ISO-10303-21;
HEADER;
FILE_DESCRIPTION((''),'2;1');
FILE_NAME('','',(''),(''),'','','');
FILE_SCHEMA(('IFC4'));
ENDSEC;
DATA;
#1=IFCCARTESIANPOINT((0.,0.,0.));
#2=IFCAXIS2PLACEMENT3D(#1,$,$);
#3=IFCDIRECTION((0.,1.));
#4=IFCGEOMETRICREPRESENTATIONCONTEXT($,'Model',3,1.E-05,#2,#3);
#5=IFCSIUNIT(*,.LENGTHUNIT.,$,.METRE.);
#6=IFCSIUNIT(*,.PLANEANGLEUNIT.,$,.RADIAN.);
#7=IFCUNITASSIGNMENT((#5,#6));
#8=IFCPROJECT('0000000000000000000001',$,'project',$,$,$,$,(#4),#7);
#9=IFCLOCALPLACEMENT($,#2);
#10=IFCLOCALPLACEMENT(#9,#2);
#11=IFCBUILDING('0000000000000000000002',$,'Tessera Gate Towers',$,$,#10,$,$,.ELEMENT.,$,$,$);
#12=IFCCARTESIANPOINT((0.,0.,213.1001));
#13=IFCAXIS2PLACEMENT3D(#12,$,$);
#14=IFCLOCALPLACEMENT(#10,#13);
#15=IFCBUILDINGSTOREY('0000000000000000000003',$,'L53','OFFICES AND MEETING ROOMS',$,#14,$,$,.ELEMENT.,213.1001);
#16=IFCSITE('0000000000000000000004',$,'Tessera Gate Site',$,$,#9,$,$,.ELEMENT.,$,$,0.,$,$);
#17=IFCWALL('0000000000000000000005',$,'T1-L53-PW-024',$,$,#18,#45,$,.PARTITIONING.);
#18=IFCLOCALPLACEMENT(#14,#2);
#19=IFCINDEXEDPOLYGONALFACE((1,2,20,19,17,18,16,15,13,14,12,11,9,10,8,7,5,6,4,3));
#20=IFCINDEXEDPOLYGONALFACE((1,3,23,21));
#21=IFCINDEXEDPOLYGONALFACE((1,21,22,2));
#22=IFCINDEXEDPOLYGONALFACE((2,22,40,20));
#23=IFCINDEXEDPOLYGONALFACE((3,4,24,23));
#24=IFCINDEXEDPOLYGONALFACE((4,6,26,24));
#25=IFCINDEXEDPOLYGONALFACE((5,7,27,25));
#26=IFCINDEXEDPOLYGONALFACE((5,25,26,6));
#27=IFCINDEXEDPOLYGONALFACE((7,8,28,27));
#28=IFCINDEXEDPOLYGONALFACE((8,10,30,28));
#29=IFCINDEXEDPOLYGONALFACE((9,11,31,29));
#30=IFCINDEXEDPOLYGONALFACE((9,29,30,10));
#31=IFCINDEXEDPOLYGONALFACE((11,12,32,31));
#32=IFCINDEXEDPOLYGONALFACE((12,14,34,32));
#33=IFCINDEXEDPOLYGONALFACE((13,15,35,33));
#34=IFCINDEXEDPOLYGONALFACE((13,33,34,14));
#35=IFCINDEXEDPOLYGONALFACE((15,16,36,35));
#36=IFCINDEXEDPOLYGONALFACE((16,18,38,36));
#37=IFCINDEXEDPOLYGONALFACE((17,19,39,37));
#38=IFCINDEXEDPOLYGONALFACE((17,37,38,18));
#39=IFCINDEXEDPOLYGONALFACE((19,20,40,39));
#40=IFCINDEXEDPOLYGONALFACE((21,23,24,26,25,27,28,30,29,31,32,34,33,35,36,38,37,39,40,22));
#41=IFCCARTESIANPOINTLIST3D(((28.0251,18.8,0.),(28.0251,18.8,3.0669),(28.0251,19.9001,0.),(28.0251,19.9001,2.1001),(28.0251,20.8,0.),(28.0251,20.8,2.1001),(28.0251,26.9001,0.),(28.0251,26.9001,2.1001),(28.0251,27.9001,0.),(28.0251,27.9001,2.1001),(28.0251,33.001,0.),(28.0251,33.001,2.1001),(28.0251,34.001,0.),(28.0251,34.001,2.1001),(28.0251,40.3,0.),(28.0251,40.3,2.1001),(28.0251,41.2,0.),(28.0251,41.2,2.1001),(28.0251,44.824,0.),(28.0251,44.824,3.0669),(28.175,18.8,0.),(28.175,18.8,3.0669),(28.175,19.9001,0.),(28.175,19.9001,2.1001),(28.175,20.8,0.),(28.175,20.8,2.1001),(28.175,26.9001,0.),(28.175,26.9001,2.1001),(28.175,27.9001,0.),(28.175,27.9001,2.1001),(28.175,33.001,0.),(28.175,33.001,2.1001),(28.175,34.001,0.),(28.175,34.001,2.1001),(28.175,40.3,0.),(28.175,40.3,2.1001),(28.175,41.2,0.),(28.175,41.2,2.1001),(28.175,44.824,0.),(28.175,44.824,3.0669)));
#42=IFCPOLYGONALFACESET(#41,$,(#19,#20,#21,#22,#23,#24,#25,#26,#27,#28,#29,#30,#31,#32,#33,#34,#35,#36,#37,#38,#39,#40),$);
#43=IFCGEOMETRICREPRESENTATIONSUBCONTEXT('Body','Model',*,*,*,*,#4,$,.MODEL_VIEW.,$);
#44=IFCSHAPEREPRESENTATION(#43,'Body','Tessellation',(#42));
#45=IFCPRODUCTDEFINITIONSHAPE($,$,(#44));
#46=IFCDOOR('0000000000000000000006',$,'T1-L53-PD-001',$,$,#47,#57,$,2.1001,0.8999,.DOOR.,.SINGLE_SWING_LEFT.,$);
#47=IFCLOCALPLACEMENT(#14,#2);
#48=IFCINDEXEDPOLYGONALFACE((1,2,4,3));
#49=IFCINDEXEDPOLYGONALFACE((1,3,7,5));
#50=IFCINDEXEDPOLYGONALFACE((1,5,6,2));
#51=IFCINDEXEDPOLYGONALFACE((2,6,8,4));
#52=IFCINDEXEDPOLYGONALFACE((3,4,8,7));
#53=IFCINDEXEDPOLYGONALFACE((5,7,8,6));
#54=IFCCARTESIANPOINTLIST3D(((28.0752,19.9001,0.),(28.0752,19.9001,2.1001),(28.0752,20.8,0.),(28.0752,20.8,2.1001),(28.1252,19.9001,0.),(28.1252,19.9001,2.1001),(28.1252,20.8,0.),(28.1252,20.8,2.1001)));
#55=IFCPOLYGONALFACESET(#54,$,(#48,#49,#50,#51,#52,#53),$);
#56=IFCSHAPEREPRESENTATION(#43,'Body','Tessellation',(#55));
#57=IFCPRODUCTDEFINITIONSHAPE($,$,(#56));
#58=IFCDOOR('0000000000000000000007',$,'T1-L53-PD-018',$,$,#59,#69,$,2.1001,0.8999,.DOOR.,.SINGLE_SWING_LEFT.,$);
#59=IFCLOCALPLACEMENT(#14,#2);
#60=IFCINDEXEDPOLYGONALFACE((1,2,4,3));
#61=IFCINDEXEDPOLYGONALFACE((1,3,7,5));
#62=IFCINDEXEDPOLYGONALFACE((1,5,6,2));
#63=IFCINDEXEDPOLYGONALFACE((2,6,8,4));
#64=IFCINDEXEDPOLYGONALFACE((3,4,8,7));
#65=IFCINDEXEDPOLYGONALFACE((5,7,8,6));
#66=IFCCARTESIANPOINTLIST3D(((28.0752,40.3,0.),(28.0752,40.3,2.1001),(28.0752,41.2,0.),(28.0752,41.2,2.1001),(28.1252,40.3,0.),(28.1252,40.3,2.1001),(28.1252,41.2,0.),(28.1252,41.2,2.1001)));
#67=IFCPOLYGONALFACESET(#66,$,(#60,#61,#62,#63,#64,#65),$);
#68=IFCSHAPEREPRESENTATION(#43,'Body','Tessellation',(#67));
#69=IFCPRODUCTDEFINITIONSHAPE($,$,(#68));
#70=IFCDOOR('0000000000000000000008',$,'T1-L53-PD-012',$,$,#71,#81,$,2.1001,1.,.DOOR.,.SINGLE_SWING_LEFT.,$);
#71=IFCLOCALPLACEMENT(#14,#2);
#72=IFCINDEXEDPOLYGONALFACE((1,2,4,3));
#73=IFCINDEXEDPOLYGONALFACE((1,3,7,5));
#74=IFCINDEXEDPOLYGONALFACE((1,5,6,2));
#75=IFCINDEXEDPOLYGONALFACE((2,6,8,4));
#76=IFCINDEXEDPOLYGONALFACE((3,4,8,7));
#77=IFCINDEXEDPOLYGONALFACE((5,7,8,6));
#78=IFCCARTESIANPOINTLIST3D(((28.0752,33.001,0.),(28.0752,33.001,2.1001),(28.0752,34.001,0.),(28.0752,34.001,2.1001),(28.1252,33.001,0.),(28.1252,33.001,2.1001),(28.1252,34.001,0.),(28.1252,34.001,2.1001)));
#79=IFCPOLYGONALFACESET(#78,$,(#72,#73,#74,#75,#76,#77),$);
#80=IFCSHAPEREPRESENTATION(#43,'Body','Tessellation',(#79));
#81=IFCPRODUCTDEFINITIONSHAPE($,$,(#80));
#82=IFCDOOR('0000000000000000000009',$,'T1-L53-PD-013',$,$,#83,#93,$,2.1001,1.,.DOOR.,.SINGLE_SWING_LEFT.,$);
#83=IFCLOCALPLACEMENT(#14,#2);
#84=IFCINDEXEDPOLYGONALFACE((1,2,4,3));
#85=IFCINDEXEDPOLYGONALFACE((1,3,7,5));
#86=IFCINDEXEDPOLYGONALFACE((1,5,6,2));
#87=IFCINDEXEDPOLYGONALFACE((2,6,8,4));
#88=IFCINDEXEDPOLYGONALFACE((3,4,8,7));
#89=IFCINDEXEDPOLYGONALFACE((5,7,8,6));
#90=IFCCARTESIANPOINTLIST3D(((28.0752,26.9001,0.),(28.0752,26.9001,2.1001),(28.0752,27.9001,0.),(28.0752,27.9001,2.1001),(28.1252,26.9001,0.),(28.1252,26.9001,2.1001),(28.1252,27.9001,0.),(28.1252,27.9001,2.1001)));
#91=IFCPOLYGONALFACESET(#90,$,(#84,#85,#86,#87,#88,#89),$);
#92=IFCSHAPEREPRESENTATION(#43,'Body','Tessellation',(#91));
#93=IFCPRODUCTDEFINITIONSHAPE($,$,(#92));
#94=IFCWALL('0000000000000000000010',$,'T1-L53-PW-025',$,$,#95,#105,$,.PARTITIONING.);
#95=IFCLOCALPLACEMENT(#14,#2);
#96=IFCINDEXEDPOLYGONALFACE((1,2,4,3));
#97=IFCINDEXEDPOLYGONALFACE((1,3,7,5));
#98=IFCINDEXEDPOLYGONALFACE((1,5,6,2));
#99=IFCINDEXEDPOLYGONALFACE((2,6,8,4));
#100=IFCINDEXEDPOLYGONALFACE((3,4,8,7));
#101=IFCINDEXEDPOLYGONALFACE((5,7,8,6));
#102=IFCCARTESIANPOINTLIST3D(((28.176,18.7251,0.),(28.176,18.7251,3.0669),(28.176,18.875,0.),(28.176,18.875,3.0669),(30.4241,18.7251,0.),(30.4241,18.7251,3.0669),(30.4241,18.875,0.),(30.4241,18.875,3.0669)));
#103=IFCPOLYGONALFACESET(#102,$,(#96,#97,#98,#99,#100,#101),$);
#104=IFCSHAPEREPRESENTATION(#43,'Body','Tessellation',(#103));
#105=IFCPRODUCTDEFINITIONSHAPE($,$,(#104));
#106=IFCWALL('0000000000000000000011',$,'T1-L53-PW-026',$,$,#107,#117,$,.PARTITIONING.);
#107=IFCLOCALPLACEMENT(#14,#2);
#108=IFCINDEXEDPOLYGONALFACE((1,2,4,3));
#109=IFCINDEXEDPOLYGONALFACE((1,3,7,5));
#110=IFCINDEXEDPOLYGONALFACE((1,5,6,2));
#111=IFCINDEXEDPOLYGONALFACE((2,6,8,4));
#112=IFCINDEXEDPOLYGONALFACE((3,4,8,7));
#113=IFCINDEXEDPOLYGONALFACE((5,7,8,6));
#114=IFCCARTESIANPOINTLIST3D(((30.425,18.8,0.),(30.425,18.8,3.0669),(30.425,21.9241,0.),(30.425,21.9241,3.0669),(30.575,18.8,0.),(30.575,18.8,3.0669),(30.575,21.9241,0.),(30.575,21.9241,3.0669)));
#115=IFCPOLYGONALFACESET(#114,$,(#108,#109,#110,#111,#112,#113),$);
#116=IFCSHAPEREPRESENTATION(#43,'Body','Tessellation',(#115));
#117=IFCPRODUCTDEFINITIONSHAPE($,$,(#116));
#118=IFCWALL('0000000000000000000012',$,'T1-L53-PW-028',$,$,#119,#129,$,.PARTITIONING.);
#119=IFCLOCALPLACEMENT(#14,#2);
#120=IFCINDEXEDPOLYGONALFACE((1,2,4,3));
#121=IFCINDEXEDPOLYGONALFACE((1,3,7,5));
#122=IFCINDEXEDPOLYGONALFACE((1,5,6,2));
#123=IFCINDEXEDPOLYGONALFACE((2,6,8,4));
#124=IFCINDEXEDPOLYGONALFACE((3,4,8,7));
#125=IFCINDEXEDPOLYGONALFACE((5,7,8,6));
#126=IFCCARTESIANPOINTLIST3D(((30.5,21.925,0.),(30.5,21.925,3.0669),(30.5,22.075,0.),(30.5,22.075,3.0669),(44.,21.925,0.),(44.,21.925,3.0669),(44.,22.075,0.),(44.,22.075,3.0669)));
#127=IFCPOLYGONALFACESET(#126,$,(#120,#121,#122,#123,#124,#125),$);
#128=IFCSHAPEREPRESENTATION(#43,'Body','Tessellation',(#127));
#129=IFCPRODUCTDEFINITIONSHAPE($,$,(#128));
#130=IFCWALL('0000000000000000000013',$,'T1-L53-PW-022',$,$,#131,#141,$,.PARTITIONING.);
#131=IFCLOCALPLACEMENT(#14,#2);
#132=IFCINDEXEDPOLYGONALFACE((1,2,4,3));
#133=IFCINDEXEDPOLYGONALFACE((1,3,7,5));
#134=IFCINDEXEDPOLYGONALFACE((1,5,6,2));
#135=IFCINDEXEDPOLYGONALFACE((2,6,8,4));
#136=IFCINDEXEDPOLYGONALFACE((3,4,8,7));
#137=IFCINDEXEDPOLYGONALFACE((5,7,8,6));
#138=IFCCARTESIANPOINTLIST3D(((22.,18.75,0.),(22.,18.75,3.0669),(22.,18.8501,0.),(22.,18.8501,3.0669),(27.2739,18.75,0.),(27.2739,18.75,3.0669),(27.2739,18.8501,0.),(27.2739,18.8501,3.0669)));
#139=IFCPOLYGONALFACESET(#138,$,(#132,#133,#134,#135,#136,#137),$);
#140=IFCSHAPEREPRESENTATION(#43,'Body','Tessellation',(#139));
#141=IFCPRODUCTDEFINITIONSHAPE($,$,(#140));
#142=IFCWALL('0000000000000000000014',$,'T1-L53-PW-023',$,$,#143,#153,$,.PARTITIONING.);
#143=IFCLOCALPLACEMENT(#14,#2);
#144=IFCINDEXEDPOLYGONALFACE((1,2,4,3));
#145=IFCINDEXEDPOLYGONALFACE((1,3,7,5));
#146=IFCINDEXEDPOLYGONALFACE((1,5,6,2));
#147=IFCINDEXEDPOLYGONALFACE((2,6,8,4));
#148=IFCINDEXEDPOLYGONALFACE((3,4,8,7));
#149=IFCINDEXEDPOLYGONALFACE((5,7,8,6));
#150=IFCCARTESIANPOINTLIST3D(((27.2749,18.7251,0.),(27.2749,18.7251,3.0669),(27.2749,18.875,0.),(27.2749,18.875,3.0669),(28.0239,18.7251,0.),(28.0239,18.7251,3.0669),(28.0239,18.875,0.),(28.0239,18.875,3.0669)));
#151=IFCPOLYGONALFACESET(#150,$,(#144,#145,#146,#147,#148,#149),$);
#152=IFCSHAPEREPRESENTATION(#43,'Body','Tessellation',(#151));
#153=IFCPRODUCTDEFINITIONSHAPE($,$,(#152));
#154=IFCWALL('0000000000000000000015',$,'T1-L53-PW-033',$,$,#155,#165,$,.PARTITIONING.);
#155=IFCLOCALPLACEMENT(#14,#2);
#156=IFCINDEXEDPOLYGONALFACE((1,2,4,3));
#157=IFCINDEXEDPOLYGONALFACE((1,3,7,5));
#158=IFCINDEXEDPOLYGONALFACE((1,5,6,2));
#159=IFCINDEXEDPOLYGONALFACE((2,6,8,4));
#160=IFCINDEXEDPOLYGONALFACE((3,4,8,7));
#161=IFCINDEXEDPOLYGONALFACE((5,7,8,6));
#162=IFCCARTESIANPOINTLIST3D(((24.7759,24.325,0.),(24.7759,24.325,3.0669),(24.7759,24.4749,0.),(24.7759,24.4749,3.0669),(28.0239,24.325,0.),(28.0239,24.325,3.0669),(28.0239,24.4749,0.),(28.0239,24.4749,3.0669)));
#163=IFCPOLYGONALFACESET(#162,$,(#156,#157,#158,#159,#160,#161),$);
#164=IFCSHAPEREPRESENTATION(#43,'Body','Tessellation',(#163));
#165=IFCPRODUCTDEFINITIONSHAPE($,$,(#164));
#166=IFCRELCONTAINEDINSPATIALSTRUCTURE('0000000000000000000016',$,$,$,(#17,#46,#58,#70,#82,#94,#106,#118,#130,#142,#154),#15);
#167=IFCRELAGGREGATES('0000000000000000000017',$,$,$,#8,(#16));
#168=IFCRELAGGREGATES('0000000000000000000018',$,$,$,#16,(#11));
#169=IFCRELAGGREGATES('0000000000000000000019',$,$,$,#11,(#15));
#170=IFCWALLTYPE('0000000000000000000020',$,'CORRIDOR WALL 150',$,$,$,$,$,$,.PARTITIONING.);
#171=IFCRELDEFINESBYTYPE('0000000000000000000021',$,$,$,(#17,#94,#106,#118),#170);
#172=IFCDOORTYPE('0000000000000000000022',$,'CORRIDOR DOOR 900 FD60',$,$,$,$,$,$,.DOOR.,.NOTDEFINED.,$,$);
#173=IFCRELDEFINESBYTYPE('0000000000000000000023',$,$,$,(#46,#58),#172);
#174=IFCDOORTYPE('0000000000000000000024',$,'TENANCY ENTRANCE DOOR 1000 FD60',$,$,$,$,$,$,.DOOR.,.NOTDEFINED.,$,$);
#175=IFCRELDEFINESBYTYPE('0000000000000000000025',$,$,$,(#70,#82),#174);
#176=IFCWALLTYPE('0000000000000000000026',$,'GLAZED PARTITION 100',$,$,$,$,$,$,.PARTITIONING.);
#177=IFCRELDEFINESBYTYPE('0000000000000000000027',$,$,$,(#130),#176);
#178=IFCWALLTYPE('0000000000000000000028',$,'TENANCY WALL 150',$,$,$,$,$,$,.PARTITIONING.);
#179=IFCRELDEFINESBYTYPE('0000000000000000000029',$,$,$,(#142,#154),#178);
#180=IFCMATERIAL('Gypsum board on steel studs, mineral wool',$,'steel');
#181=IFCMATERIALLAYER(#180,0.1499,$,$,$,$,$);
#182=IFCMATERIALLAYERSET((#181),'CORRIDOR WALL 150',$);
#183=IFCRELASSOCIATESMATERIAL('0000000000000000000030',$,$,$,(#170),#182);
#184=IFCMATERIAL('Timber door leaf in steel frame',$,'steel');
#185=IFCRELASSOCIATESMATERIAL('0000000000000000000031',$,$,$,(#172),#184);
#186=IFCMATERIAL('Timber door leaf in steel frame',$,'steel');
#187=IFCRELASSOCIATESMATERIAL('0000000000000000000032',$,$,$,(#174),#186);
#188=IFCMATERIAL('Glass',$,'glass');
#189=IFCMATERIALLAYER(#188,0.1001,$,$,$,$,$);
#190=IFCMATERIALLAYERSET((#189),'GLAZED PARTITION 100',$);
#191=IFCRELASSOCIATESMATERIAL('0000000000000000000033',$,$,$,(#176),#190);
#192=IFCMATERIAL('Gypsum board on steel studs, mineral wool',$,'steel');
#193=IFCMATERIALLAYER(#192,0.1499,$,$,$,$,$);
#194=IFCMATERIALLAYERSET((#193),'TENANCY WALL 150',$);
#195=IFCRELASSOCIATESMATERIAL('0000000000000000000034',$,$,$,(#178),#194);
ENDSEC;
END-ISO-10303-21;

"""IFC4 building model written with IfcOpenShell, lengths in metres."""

from ifc_helpers import new_model, si_unit, direction, frame, frame_2d, origin, place, context, subcontext, project, spatial, rectangle, extrude, source, transform, mapped, material, layer, layer_set, type_object, element, fill, save


model = new_model("IFC4")

# Units and contexts
model_context = context("Model", 3, precision=1e-05, world=origin(), true_north=direction((0.0, 1.0)))
body_context = subcontext(model_context, "Body", "Model", "MODEL_VIEW")
ifc_project = project(units=[si_unit("LENGTHUNIT", "METRE"), si_unit("PLANEANGLEUNIT", "RADIAN")], contexts=[model_context])

# Site, building, storey
site_placement = place(None, origin())
site = spatial("IfcSite", under=ifc_project, at=site_placement, Name="Tessera Gate Site", CompositionType="ELEMENT", RefElevation=0.0)
building_placement = place(site_placement, origin())
building = spatial("IfcBuilding", under=site, at=building_placement, Name="Tessera Gate Towers", CompositionType="ELEMENT")
storey_placement = place(building_placement, frame((0.0, 0.0, 213.1001)))
storey = spatial("IfcBuildingStorey", under=building, at=storey_placement, Name="L53", Description="OFFICES AND MEETING ROOMS", CompositionType="ELEMENT", Elevation=213.1001)

# Wall, openings, doors
ifc_material_1 = material(Name="Gypsum board on steel studs, mineral wool", Category="steel")
ifc_layer_1 = layer(ifc_material_1, 0.1499)
ifc_layer_set_1 = layer_set([ifc_layer_1], Name="CORRIDOR WALL 150")
wall_type_1 = type_object("IfcWallType", Name="CORRIDOR WALL 150", PredefinedType="PARTITIONING", material=ifc_layer_set_1)
wall_1_placement = place(storey_placement, frame((28.1001, 18.8, 0.0), z_axis=(0.0, 0.0, 1.0), x_axis=(0.0, 1.0, 0.0)))
wall_1 = element("IfcWall", 1, at=wall_1_placement, inside=storey, type_object=wall_type_1, Name="T1-L53-PW-024", PredefinedType="PARTITIONING", context=body_context, shape_type="SweptSolid", body=[
    extrude(rectangle(XDim=26.0239, YDim=0.1499, at=frame_2d((13.012, 0.0))), origin(), (0.0, 0.0, 1.0), 3.0669),
])
shared_shape_1 = source(origin(), body_context, "Body", "SweptSolid", [
    extrude(rectangle(XDim=0.8999, YDim=2.1001, at=frame_2d((0.45, 1.05))), frame((0.0, 0.085, 0.0), z_axis=(0.0, -1.0, 0.0), x_axis=(1.0, 0.0, 0.0)), (0.0, 0.0, 1.0), 0.1699),
])
opening_1_placement = place(wall_1_placement, frame((1.1001, 0.0, 0.0)))
opening_1 = element("IfcOpeningElement", 2, at=opening_1_placement, cuts=wall_1, PredefinedType="OPENING", context=body_context, shape_type="MappedRepresentation", body=[
    mapped(shared_shape_1, transform((0.0, 0.0, 0.0), scale=1.0)),
])
shared_shape_2 = source(origin(), body_context, "Body", "SweptSolid", [
    extrude(rectangle(XDim=1.0, YDim=2.1001, at=frame_2d((0.5, 1.05))), frame((0.0, 0.085, 0.0), z_axis=(0.0, -1.0, 0.0), x_axis=(1.0, 0.0, 0.0)), (0.0, 0.0, 1.0), 0.1699),
])
opening_2_placement = place(wall_1_placement, frame((14.2009, 0.0, 0.0)))
opening_2 = element("IfcOpeningElement", 3, at=opening_2_placement, cuts=wall_1, PredefinedType="OPENING", context=body_context, shape_type="MappedRepresentation", body=[
    mapped(shared_shape_2, transform((0.0, 0.0, 0.0), scale=1.0)),
])
opening_3_placement = place(wall_1_placement, frame((8.1001, 0.0, 0.0)))
opening_3 = element("IfcOpeningElement", 4, at=opening_3_placement, cuts=wall_1, PredefinedType="OPENING", context=body_context, shape_type="MappedRepresentation", body=[
    mapped(shared_shape_2, transform((0.0, 0.0, 0.0), scale=1.0)),
])
opening_4_placement = place(wall_1_placement, frame((21.5, 0.0, 0.0)))
opening_4 = element("IfcOpeningElement", 5, at=opening_4_placement, cuts=wall_1, PredefinedType="OPENING", context=body_context, shape_type="MappedRepresentation", body=[
    mapped(shared_shape_1, transform((0.0, 0.0, 0.0), scale=1.0)),
])
ifc_material_2 = material(Name="Timber door leaf in steel frame", Category="steel")
door_type_1 = type_object("IfcDoorType", Name="CORRIDOR DOOR 900 FD60", OperationType="NOTDEFINED", PredefinedType="DOOR", material=ifc_material_2)
shared_shape_3 = source(origin(), body_context, "Body", "SweptSolid", [
    extrude(rectangle(XDim=0.8999, YDim=2.1001, at=frame_2d((0.45, 1.05))), frame((0.0, 0.0249, 0.0), z_axis=(0.0, -1.0, 0.0), x_axis=(1.0, 0.0, 0.0)), (0.0, 0.0, 1.0), 0.05),
])
door_1_placement = place(opening_1_placement, origin())
door_1 = element("IfcDoor", 6, at=door_1_placement, inside=storey, type_object=door_type_1, Name="T1-L53-PD-001", OperationType="SINGLE_SWING_LEFT", OverallHeight=2.1001, OverallWidth=0.8999, PredefinedType="DOOR", context=body_context, shape_type="MappedRepresentation", body=[
    mapped(shared_shape_3, transform((0.0, 0.0, 0.0), scale=1.0)),
])
fill(opening_1, door_1)
door_2_placement = place(opening_4_placement, origin())
door_2 = element("IfcDoor", 7, at=door_2_placement, inside=storey, type_object=door_type_1, Name="T1-L53-PD-018", OperationType="SINGLE_SWING_LEFT", OverallHeight=2.1001, OverallWidth=0.8999, PredefinedType="DOOR", context=body_context, shape_type="MappedRepresentation", body=[
    mapped(shared_shape_3, transform((0.0, 0.0, 0.0), scale=1.0)),
])
fill(opening_4, door_2)
ifc_material_3 = material(Name="Timber door leaf in steel frame", Category="steel")
door_type_2 = type_object("IfcDoorType", Name="TENANCY ENTRANCE DOOR 1000 FD60", OperationType="NOTDEFINED", PredefinedType="DOOR", material=ifc_material_3)
shared_shape_4 = source(origin(), body_context, "Body", "SweptSolid", [
    extrude(rectangle(XDim=1.0, YDim=2.1001, at=frame_2d((0.5, 1.05))), frame((0.0, 0.0249, 0.0), z_axis=(0.0, -1.0, 0.0), x_axis=(1.0, 0.0, 0.0)), (0.0, 0.0, 1.0), 0.05),
])
door_3_placement = place(opening_2_placement, origin())
door_3 = element("IfcDoor", 8, at=door_3_placement, inside=storey, type_object=door_type_2, Name="T1-L53-PD-012", OperationType="SINGLE_SWING_LEFT", OverallHeight=2.1001, OverallWidth=1.0, PredefinedType="DOOR", context=body_context, shape_type="MappedRepresentation", body=[
    mapped(shared_shape_4, transform((0.0, 0.0, 0.0), scale=1.0)),
])
fill(opening_2, door_3)
door_4_placement = place(opening_3_placement, origin())
door_4 = element("IfcDoor", 9, at=door_4_placement, inside=storey, type_object=door_type_2, Name="T1-L53-PD-013", OperationType="SINGLE_SWING_LEFT", OverallHeight=2.1001, OverallWidth=1.0, PredefinedType="DOOR", context=body_context, shape_type="MappedRepresentation", body=[
    mapped(shared_shape_4, transform((0.0, 0.0, 0.0), scale=1.0)),
])
fill(opening_3, door_4)

# Walls
wall_2_placement = place(storey_placement, frame((28.176, 18.8, 0.0), z_axis=(0.0, 0.0, 1.0), x_axis=(1.0, 0.0, 0.0)))
element("IfcWall", 10, at=wall_2_placement, inside=storey, type_object=wall_type_1, Name="T1-L53-PW-025", PredefinedType="PARTITIONING", context=body_context, shape_type="SweptSolid", body=[
    extrude(rectangle(XDim=2.248, YDim=0.1499, at=frame_2d((1.124, 0.0))), origin(), (0.0, 0.0, 1.0), 3.0669),
])
wall_3_placement = place(storey_placement, frame((30.5, 18.8, 0.0), z_axis=(0.0, 0.0, 1.0), x_axis=(0.0, 1.0, 0.0)))
element("IfcWall", 11, at=wall_3_placement, inside=storey, type_object=wall_type_1, Name="T1-L53-PW-026", PredefinedType="PARTITIONING", context=body_context, shape_type="SweptSolid", body=[
    extrude(rectangle(XDim=3.124, YDim=0.1499, at=frame_2d((1.562, 0.0))), origin(), (0.0, 0.0, 1.0), 3.0669),
])
wall_4_placement = place(storey_placement, frame((30.5, 22.0, 0.0), z_axis=(0.0, 0.0, 1.0), x_axis=(1.0, 0.0, 0.0)))
element("IfcWall", 12, at=wall_4_placement, inside=storey, type_object=wall_type_1, Name="T1-L53-PW-028", PredefinedType="PARTITIONING", context=body_context, shape_type="SweptSolid", body=[
    extrude(rectangle(XDim=13.5, YDim=0.1499, at=frame_2d((6.75, 0.0))), origin(), (0.0, 0.0, 1.0), 3.0669),
])
ifc_material_4 = material(Name="Glass", Category="glass")
ifc_layer_2 = layer(ifc_material_4, 0.1001)
ifc_layer_set_2 = layer_set([ifc_layer_2], Name="GLAZED PARTITION 100")
wall_type_2 = type_object("IfcWallType", Name="GLAZED PARTITION 100", PredefinedType="PARTITIONING", material=ifc_layer_set_2)
wall_5_placement = place(storey_placement, frame((22.0, 18.8, 0.0), z_axis=(0.0, 0.0, 1.0), x_axis=(1.0, 0.0, 0.0)))
element("IfcWall", 13, at=wall_5_placement, inside=storey, type_object=wall_type_2, Name="T1-L53-PW-022", PredefinedType="PARTITIONING", context=body_context, shape_type="SweptSolid", body=[
    extrude(rectangle(XDim=5.2739, YDim=0.1001, at=frame_2d((2.637, 0.0))), origin(), (0.0, 0.0, 1.0), 3.0669),
])
ifc_material_5 = material(Name="Gypsum board on steel studs, mineral wool", Category="steel")
ifc_layer_3 = layer(ifc_material_5, 0.1499)
ifc_layer_set_3 = layer_set([ifc_layer_3], Name="TENANCY WALL 150")
wall_type_3 = type_object("IfcWallType", Name="TENANCY WALL 150", PredefinedType="PARTITIONING", material=ifc_layer_set_3)
wall_6_placement = place(storey_placement, frame((27.2749, 18.8, 0.0), z_axis=(0.0, 0.0, 1.0), x_axis=(1.0, 0.0, 0.0)))
element("IfcWall", 14, at=wall_6_placement, inside=storey, type_object=wall_type_3, Name="T1-L53-PW-023", PredefinedType="PARTITIONING", context=body_context, shape_type="SweptSolid", body=[
    extrude(rectangle(XDim=0.749, YDim=0.1499, at=frame_2d((0.3745, 0.0))), origin(), (0.0, 0.0, 1.0), 3.0669),
])
wall_7_placement = place(storey_placement, frame((24.7759, 24.3999, 0.0), z_axis=(0.0, 0.0, 1.0), x_axis=(1.0, 0.0, 0.0)))
element("IfcWall", 15, at=wall_7_placement, inside=storey, type_object=wall_type_3, Name="T1-L53-PW-033", PredefinedType="PARTITIONING", context=body_context, shape_type="SweptSolid", body=[
    extrude(rectangle(XDim=3.248, YDim=0.1499, at=frame_2d((1.624, 0.0))), origin(), (0.0, 0.0, 1.0), 3.0669),
])

save(model, "model.ifc")
